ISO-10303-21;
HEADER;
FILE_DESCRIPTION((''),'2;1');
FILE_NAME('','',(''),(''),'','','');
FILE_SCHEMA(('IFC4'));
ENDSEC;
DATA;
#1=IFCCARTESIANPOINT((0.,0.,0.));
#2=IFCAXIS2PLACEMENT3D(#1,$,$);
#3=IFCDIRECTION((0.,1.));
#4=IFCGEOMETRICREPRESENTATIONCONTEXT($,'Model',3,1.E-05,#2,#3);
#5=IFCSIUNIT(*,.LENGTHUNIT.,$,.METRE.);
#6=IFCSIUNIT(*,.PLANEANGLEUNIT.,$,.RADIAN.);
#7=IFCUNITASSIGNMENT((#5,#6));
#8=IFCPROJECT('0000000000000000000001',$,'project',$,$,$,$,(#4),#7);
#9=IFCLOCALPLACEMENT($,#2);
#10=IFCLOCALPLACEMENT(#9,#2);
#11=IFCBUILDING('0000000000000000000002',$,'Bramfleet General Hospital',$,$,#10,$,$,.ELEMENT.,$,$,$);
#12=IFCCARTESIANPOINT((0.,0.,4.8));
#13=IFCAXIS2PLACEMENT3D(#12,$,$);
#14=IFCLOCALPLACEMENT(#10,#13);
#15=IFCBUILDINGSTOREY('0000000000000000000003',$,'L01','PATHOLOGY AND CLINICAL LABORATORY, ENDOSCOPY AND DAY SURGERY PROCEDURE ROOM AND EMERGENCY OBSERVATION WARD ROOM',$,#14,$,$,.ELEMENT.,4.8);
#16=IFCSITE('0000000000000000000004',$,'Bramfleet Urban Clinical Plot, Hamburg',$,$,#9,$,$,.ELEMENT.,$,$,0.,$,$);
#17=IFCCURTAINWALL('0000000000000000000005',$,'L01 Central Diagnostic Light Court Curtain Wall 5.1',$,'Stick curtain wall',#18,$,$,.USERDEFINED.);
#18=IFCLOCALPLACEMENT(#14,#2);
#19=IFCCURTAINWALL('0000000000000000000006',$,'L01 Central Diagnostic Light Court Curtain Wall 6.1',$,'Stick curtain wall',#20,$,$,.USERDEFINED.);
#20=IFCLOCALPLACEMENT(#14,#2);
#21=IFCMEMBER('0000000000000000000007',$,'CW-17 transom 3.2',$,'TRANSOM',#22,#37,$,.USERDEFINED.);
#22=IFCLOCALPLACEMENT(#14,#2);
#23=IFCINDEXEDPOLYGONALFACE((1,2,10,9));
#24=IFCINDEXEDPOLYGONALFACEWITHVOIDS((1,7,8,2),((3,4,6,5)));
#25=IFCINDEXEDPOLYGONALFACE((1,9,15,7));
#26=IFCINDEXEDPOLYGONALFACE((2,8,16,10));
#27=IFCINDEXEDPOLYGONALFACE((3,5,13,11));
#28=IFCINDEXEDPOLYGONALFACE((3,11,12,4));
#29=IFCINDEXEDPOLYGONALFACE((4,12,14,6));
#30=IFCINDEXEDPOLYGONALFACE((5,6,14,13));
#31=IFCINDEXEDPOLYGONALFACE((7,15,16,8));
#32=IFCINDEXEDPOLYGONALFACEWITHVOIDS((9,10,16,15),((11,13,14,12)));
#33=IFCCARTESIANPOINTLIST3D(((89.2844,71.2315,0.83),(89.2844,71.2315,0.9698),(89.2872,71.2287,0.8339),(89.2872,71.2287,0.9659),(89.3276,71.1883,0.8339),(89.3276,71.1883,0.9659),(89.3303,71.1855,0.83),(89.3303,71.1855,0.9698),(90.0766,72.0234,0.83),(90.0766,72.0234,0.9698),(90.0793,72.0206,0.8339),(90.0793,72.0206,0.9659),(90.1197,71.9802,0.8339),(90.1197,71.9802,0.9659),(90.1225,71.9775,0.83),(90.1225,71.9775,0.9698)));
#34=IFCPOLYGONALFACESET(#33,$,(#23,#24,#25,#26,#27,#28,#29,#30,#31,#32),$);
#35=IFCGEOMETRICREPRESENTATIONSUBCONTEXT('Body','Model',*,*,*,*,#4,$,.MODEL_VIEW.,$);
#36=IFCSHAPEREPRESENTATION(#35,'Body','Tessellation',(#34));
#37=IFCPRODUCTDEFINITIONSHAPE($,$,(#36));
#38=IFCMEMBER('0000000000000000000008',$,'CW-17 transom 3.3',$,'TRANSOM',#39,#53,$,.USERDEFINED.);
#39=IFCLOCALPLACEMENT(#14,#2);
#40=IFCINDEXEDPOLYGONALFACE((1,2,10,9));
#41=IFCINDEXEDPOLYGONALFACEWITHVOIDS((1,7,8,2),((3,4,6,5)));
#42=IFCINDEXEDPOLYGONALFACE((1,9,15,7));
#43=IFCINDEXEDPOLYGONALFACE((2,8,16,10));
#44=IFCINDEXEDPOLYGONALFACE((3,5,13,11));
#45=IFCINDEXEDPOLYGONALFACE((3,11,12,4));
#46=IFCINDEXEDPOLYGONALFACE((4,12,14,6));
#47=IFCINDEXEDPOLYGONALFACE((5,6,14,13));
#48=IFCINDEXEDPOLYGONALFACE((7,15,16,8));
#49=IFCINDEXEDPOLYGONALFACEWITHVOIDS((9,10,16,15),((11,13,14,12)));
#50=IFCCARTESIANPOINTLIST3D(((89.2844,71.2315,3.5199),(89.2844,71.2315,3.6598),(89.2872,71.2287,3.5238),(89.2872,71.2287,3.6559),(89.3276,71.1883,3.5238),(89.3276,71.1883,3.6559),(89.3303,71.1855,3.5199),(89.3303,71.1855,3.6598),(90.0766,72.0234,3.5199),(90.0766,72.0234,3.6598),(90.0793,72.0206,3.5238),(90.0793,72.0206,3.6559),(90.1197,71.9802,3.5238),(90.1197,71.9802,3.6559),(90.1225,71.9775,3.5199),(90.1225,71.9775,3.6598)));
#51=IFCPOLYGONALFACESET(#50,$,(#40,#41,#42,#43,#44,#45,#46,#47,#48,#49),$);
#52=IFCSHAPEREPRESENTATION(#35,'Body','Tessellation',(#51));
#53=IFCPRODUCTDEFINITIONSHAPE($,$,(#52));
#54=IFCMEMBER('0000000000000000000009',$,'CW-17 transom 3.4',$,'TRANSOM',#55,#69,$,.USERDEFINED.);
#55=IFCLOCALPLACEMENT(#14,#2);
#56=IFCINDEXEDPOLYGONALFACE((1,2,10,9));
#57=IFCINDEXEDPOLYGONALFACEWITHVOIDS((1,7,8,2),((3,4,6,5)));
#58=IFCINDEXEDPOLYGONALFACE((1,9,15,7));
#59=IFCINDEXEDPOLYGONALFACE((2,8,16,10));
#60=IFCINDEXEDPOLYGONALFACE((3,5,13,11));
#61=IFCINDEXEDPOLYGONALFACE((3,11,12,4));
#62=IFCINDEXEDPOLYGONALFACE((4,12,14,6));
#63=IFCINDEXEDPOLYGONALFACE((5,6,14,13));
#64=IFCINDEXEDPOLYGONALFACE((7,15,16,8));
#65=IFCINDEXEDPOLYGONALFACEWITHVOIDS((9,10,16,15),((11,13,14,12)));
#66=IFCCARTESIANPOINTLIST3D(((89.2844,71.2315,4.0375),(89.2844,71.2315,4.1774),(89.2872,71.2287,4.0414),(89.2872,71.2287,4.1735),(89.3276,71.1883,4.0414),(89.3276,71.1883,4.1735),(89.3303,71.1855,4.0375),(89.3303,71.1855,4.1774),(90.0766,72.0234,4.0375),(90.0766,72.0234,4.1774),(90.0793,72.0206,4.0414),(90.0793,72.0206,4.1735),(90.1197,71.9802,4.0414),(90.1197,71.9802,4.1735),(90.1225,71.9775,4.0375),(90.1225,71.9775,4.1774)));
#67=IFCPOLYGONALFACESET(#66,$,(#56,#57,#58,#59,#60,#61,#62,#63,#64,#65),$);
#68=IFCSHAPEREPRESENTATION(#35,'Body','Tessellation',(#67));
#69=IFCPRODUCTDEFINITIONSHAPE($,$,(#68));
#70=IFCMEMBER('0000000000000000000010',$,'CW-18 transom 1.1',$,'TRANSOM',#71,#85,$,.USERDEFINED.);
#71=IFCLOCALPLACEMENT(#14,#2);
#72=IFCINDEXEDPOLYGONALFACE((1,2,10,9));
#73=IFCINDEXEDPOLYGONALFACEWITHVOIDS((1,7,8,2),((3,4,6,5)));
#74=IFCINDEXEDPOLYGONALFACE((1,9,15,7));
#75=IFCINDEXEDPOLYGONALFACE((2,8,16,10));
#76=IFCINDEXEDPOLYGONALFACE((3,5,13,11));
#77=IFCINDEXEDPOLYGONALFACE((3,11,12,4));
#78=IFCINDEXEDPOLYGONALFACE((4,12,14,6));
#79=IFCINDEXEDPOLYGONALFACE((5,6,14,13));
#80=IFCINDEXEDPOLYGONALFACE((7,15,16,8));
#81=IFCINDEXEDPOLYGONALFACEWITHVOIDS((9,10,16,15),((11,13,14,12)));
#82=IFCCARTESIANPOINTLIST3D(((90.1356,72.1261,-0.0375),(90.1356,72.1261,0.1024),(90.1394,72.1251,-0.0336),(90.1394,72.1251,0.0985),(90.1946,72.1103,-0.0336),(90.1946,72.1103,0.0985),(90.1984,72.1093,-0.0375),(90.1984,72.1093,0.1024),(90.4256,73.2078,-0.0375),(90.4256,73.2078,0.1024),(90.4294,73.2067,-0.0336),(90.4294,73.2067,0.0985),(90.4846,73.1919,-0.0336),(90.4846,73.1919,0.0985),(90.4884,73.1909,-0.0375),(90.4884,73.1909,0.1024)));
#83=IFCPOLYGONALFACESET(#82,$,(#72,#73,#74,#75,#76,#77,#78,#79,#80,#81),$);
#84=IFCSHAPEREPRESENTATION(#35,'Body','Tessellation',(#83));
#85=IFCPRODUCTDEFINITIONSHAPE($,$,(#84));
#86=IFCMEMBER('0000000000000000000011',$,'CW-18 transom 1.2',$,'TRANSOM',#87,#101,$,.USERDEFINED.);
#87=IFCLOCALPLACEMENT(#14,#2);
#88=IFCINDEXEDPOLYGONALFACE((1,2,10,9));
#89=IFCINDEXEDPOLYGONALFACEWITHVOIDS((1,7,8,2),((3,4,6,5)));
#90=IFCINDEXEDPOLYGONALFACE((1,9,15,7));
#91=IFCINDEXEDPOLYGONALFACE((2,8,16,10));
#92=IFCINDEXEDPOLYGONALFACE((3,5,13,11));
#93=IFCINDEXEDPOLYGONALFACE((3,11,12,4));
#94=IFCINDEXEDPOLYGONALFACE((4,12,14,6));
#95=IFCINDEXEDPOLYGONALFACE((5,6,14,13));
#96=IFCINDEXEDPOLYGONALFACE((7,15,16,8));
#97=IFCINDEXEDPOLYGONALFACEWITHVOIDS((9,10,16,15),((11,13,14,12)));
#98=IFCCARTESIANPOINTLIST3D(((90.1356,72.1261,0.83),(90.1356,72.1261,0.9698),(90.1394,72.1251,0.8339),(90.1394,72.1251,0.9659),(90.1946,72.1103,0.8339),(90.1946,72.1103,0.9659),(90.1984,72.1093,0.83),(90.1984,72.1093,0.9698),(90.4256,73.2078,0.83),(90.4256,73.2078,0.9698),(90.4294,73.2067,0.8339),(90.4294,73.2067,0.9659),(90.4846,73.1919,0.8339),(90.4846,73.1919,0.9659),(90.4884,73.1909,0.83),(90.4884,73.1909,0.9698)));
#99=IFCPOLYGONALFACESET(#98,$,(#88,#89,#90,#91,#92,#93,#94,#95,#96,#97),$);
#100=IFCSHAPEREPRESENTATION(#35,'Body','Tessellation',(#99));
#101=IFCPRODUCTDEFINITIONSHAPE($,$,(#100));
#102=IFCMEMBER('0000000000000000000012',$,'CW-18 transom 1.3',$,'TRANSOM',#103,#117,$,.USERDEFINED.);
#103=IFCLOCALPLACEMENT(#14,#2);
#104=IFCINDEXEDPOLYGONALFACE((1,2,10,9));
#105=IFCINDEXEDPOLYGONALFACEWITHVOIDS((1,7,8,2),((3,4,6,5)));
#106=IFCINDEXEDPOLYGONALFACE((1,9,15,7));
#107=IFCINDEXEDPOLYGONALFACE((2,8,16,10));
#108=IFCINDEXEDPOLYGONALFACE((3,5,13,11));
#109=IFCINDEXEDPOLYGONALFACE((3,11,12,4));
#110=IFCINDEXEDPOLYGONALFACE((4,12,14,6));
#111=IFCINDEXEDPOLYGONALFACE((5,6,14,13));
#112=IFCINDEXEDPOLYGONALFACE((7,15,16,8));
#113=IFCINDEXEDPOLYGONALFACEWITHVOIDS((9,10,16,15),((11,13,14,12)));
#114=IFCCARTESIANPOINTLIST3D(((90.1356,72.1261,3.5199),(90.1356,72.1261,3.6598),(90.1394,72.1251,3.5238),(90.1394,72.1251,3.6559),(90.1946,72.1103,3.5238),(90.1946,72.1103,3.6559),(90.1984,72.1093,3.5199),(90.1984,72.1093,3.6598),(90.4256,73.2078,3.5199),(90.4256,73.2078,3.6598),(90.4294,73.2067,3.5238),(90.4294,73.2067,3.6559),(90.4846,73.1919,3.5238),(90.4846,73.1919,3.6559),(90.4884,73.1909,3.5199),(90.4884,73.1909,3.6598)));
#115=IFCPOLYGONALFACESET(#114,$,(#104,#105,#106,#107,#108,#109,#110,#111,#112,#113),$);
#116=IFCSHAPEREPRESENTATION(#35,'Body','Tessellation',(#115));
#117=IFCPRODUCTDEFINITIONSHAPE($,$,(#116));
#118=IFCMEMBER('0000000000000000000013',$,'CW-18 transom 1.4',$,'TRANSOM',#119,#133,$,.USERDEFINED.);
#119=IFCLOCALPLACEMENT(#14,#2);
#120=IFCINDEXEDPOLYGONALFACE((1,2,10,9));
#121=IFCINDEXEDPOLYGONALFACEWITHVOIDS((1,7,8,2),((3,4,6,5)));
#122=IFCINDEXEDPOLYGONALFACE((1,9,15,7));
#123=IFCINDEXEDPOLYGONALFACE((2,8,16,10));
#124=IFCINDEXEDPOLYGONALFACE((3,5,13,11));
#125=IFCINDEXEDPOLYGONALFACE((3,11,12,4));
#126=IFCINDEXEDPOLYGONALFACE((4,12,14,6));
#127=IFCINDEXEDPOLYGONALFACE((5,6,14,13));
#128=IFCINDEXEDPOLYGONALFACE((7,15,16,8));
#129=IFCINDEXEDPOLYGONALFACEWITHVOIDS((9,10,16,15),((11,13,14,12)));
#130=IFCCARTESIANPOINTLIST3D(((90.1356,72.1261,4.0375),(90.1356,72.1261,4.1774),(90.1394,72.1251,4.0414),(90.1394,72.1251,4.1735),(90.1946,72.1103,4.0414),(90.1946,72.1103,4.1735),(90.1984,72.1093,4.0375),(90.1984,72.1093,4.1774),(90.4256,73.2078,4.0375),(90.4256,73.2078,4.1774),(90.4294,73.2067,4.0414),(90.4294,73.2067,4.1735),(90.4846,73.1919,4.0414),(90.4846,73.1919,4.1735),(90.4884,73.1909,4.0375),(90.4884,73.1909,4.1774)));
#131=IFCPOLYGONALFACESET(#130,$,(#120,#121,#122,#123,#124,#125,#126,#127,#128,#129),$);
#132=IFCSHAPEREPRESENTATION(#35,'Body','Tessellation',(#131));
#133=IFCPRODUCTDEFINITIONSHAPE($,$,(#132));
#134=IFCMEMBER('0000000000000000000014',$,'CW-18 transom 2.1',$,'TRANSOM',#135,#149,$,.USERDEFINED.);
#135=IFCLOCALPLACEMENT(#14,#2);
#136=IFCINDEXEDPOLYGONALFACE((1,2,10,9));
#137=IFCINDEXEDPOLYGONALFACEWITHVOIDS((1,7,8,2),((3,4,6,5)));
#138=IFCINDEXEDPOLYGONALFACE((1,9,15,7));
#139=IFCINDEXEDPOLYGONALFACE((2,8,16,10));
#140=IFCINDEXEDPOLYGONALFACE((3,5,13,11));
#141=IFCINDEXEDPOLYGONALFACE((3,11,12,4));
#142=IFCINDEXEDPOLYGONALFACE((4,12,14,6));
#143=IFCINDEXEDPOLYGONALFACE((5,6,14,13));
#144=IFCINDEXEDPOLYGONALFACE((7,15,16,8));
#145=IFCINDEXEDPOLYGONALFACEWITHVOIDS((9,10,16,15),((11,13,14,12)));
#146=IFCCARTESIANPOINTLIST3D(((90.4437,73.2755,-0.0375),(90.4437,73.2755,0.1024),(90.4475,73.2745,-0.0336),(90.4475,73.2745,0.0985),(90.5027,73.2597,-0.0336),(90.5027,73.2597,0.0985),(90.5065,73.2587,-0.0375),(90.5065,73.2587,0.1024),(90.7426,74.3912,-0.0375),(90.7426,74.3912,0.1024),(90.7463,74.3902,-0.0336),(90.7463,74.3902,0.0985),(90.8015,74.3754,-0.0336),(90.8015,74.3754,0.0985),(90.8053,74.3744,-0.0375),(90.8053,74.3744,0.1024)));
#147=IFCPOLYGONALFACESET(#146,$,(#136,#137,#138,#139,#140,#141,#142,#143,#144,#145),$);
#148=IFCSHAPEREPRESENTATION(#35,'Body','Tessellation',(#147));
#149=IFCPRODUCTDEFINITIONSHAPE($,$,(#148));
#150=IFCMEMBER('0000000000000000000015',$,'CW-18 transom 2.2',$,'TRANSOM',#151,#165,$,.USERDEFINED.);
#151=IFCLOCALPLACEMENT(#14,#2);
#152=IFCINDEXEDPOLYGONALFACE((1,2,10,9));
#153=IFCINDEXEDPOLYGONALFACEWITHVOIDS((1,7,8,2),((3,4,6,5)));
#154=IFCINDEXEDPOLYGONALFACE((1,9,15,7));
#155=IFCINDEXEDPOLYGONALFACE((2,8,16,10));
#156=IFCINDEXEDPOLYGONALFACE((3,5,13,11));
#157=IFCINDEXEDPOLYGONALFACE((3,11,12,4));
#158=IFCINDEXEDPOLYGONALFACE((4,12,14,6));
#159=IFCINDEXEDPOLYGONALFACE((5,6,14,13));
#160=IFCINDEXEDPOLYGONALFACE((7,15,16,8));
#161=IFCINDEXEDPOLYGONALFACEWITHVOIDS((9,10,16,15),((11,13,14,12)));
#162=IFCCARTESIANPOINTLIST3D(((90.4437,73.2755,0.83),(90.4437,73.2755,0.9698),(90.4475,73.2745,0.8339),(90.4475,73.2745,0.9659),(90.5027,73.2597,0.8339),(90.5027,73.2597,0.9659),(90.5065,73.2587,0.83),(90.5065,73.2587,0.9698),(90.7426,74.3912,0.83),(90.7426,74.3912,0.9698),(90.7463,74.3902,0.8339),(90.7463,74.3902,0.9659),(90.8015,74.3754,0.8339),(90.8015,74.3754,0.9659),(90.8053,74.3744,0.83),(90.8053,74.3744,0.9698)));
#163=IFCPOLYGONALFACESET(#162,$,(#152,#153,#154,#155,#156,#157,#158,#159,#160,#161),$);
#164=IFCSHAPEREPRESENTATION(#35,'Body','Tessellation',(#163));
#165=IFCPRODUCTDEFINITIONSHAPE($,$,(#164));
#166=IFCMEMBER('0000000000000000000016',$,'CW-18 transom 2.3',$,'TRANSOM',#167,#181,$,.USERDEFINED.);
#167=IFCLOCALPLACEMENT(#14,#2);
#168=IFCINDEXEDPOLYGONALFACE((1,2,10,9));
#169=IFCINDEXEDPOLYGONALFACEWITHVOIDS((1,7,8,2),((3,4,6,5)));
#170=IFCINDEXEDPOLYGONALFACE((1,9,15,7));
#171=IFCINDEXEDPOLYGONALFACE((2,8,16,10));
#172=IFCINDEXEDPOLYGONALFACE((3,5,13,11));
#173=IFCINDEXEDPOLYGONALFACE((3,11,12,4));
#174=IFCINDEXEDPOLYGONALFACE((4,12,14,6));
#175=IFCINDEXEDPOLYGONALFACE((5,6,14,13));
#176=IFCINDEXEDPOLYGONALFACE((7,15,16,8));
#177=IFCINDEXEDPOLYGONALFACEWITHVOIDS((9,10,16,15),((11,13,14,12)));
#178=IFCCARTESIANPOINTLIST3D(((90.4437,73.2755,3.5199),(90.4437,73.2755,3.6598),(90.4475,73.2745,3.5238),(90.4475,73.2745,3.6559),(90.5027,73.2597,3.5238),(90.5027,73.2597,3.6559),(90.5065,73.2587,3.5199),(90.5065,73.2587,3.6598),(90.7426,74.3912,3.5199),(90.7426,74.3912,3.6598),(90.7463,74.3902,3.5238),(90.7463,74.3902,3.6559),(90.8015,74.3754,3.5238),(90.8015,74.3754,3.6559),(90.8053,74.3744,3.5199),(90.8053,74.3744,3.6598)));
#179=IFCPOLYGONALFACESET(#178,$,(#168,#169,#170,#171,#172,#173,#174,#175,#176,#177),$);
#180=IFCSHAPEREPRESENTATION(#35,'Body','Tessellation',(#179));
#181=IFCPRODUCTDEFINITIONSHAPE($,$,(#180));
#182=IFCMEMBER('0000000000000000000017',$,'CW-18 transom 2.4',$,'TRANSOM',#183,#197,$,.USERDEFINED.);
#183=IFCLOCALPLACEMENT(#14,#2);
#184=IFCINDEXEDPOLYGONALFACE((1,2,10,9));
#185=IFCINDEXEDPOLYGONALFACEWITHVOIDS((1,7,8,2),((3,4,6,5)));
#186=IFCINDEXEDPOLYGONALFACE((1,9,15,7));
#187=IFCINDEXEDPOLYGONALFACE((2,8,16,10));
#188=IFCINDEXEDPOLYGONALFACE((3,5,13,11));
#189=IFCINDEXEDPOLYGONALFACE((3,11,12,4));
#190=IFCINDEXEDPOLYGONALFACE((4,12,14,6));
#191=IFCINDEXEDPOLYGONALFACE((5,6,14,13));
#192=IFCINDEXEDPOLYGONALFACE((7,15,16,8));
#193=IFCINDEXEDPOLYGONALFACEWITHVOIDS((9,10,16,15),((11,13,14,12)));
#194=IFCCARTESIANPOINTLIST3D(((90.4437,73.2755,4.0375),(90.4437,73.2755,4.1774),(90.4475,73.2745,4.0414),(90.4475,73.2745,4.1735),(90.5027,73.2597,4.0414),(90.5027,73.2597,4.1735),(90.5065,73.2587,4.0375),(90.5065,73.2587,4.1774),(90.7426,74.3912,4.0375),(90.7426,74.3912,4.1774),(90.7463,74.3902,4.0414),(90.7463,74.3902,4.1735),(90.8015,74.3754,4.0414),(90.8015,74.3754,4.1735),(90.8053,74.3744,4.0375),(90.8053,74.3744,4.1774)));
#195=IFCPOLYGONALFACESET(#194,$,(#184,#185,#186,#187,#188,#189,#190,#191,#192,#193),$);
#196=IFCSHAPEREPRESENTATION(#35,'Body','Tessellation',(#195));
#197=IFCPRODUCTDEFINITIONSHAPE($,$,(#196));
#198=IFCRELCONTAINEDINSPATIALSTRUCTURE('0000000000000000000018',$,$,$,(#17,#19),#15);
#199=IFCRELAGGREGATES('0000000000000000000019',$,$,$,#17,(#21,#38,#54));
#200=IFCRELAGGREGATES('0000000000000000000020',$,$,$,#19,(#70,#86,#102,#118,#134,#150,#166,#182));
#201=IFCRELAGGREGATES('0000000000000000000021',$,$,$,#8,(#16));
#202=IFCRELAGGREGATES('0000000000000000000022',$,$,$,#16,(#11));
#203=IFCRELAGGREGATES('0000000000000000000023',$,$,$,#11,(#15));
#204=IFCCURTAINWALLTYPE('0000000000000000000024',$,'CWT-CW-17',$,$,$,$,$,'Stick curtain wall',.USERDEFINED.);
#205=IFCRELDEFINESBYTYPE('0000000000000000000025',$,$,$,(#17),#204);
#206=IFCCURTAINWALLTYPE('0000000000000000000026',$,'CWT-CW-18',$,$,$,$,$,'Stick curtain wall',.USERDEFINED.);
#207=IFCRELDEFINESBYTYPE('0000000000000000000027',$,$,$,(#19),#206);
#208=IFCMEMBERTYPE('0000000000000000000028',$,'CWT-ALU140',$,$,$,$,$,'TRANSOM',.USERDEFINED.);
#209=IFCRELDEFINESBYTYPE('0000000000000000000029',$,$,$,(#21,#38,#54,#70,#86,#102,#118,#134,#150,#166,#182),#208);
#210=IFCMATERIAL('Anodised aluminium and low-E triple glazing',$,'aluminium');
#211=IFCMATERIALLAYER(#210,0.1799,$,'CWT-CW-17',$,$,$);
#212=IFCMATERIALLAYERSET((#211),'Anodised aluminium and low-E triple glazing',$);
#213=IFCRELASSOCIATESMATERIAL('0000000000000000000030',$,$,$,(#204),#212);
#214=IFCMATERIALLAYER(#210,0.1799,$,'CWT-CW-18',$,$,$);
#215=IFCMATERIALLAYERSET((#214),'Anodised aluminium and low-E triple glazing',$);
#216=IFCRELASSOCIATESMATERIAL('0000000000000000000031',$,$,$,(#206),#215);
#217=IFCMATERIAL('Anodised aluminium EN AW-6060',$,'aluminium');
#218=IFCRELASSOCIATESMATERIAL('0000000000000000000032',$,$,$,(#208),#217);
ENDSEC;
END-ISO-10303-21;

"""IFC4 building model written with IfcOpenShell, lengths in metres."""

from ifc_helpers import new_model, si_unit, direction, frame, origin, origin_2d, place, context, subcontext, project, spatial, hollow_rectangle, extrude, material, layer, layer_set, material_profile, profile_set, type_object, element, aggregate, save


model = new_model("IFC4")

# Units and contexts
model_context = context("Model", 3, precision=1e-05, world=origin(), true_north=direction((0.0, 1.0)))
body_context = subcontext(model_context, "Body", "Model", "MODEL_VIEW")
ifc_project = project(units=[si_unit("LENGTHUNIT", "METRE"), si_unit("PLANEANGLEUNIT", "RADIAN")], contexts=[model_context])

# Site, building, storey
site_placement = place(None, origin())
site = spatial("IfcSite", under=ifc_project, at=site_placement, Name="Bramfleet Urban Clinical Plot, Hamburg", CompositionType="ELEMENT", RefElevation=0.0)
building_placement = place(site_placement, origin())
building = spatial("IfcBuilding", under=site, at=building_placement, Name="Bramfleet General Hospital", CompositionType="ELEMENT")
storey_placement = place(building_placement, frame((0.0, 0.0, 4.8)))
storey = spatial("IfcBuildingStorey", under=building, at=storey_placement, Name="L01", Description="PATHOLOGY AND CLINICAL LABORATORY, ENDOSCOPY AND DAY SURGERY PROCEDURE ROOM AND EMERGENCY OBSERVATION WARD ROOM", CompositionType="ELEMENT", Elevation=4.8)

# Curtain walls
ifc_material_1 = material(Name="Anodised aluminium and low-E triple glazing", Category="aluminium")
ifc_layer_1 = layer(ifc_material_1, 0.1799, Name="CWT-CW-17")
ifc_layer_set_1 = layer_set([ifc_layer_1], Name="Anodised aluminium and low-E triple glazing")
curtain_wall_type_1 = type_object("IfcCurtainWallType", Name="CWT-CW-17", ElementType="Stick curtain wall", PredefinedType="USERDEFINED", material=ifc_layer_set_1)
curtain_wall_1_placement = place(storey_placement, origin())
curtain_wall_1 = element("IfcCurtainWall", 1, at=curtain_wall_1_placement, inside=storey, type_object=curtain_wall_type_1, Name="L01 Central Diagnostic Light Court Curtain Wall 5.1", ObjectType="Stick curtain wall", PredefinedType="USERDEFINED")
ifc_material_2 = material(Name="Anodised aluminium EN AW-6060", Category="aluminium")
ifc_layer_2 = layer(ifc_material_1, 0.1799, Name="CWT-CW-18")
ifc_layer_set_2 = layer_set([ifc_layer_2], Name="Anodised aluminium and low-E triple glazing")
curtain_wall_type_2 = type_object("IfcCurtainWallType", Name="CWT-CW-18", ElementType="Stick curtain wall", PredefinedType="USERDEFINED", material=ifc_layer_set_2)
curtain_wall_2_placement = place(storey_placement, origin())
curtain_wall_2 = element("IfcCurtainWall", 2, at=curtain_wall_2_placement, inside=storey, type_object=curtain_wall_type_2, Name="L01 Central Diagnostic Light Court Curtain Wall 6.1", ObjectType="Stick curtain wall", PredefinedType="USERDEFINED")

# Members
ifc_material_profile_1 = material_profile(ifc_material_2, hollow_rectangle(XDim=0.0649, YDim=0.1399, WallThickness=0.0039, at=origin_2d()), Name="ALU 140x65x4.0")
ifc_profile_set_1 = profile_set([ifc_material_profile_1], Name="Anodised aluminium EN AW-6060")
member_type_1 = type_object("IfcMemberType", Name="CWT-ALU140", ElementType="TRANSOM", PredefinedType="USERDEFINED", material=ifc_profile_set_1)
member_1_placement = place(storey_placement, frame((89.3074, 71.2085, 0.8999), z_axis=(0.707216, 0.706998, 0.0), x_axis=(-0.706998, 0.707216, 0.0)))
member_1 = element("IfcMember", 3, at=member_1_placement, type_object=member_type_1, Name="CW-17 transom 3.2", ObjectType="TRANSOM", PredefinedType="USERDEFINED", context=body_context, shape_type="SweptSolid", body=[
    extrude(hollow_rectangle(XDim=0.0649, YDim=0.1399, WallThickness=0.0039, at=origin_2d()), origin(), (0.0, 0.0, 1.0), 1.1201),
])
member_2_placement = place(storey_placement, frame((89.3074, 71.2085, 3.5898), z_axis=(0.707216, 0.706998, 0.0), x_axis=(-0.706998, 0.707216, 0.0)))
member_2 = element("IfcMember", 4, at=member_2_placement, type_object=member_type_1, Name="CW-17 transom 3.3", ObjectType="TRANSOM", PredefinedType="USERDEFINED", context=body_context, shape_type="SweptSolid", body=[
    extrude(hollow_rectangle(XDim=0.0649, YDim=0.1399, WallThickness=0.0039, at=origin_2d()), origin(), (0.0, 0.0, 1.0), 1.1201),
])
member_3_placement = place(storey_placement, frame((89.3074, 71.2085, 4.1074), z_axis=(0.707216, 0.706998, 0.0), x_axis=(-0.706998, 0.707216, 0.0)))
member_3 = element("IfcMember", 5, at=member_3_placement, type_object=member_type_1, Name="CW-17 transom 3.4", ObjectType="TRANSOM", PredefinedType="USERDEFINED", context=body_context, shape_type="SweptSolid", body=[
    extrude(hollow_rectangle(XDim=0.0649, YDim=0.1399, WallThickness=0.0039, at=origin_2d()), origin(), (0.0, 0.0, 1.0), 1.1201),
])
member_4_placement = place(storey_placement, frame((90.167, 72.1177, 0.0325), z_axis=(0.258965, 0.965887, 0.0), x_axis=(-0.965887, 0.258965, 0.0)))
member_4 = element("IfcMember", 6, at=member_4_placement, type_object=member_type_1, Name="CW-18 transom 1.1", ObjectType="TRANSOM", PredefinedType="USERDEFINED", context=body_context, shape_type="SweptSolid", body=[
    extrude(hollow_rectangle(XDim=0.0649, YDim=0.1399, WallThickness=0.0039, at=origin_2d()), origin(), (0.0, 0.0, 1.0), 1.1199),
])
member_5_placement = place(storey_placement, frame((90.167, 72.1177, 0.8999), z_axis=(0.258965, 0.965887, 0.0), x_axis=(-0.965887, 0.258965, 0.0)))
member_5 = element("IfcMember", 7, at=member_5_placement, type_object=member_type_1, Name="CW-18 transom 1.2", ObjectType="TRANSOM", PredefinedType="USERDEFINED", context=body_context, shape_type="SweptSolid", body=[
    extrude(hollow_rectangle(XDim=0.0649, YDim=0.1399, WallThickness=0.0039, at=origin_2d()), origin(), (0.0, 0.0, 1.0), 1.1199),
])
member_6_placement = place(storey_placement, frame((90.167, 72.1177, 3.5898), z_axis=(0.258965, 0.965887, 0.0), x_axis=(-0.965887, 0.258965, 0.0)))
member_6 = element("IfcMember", 8, at=member_6_placement, type_object=member_type_1, Name="CW-18 transom 1.3", ObjectType="TRANSOM", PredefinedType="USERDEFINED", context=body_context, shape_type="SweptSolid", body=[
    extrude(hollow_rectangle(XDim=0.0649, YDim=0.1399, WallThickness=0.0039, at=origin_2d()), origin(), (0.0, 0.0, 1.0), 1.1199),
])
member_7_placement = place(storey_placement, frame((90.167, 72.1177, 4.1074), z_axis=(0.258965, 0.965887, 0.0), x_axis=(-0.965887, 0.258965, 0.0)))
member_7 = element("IfcMember", 9, at=member_7_placement, type_object=member_type_1, Name="CW-18 transom 1.4", ObjectType="TRANSOM", PredefinedType="USERDEFINED", context=body_context, shape_type="SweptSolid", body=[
    extrude(hollow_rectangle(XDim=0.0649, YDim=0.1399, WallThickness=0.0039, at=origin_2d()), origin(), (0.0, 0.0, 1.0), 1.1199),
])
member_8_placement = place(storey_placement, frame((90.4751, 73.2671, 0.0325), z_axis=(0.258715, 0.965954, 0.0), x_axis=(-0.965954, 0.258715, 0.0)))
member_8 = element("IfcMember", 10, at=member_8_placement, type_object=member_type_1, Name="CW-18 transom 2.1", ObjectType="TRANSOM", PredefinedType="USERDEFINED", context=body_context, shape_type="SweptSolid", body=[
    extrude(hollow_rectangle(XDim=0.0649, YDim=0.1399, WallThickness=0.0039, at=origin_2d()), origin(), (0.0, 0.0, 1.0), 1.155),
])
member_9_placement = place(storey_placement, frame((90.4751, 73.2671, 0.8999), z_axis=(0.258715, 0.965954, 0.0), x_axis=(-0.965954, 0.258715, 0.0)))
member_9 = element("IfcMember", 11, at=member_9_placement, type_object=member_type_1, Name="CW-18 transom 2.2", ObjectType="TRANSOM", PredefinedType="USERDEFINED", context=body_context, shape_type="SweptSolid", body=[
    extrude(hollow_rectangle(XDim=0.0649, YDim=0.1399, WallThickness=0.0039, at=origin_2d()), origin(), (0.0, 0.0, 1.0), 1.155),
])
member_10_placement = place(storey_placement, frame((90.4751, 73.2671, 3.5898), z_axis=(0.258715, 0.965954, 0.0), x_axis=(-0.965954, 0.258715, 0.0)))
member_10 = element("IfcMember", 12, at=member_10_placement, type_object=member_type_1, Name="CW-18 transom 2.3", ObjectType="TRANSOM", PredefinedType="USERDEFINED", context=body_context, shape_type="SweptSolid", body=[
    extrude(hollow_rectangle(XDim=0.0649, YDim=0.1399, WallThickness=0.0039, at=origin_2d()), origin(), (0.0, 0.0, 1.0), 1.155),
])
member_11_placement = place(storey_placement, frame((90.4751, 73.2671, 4.1074), z_axis=(0.258715, 0.965954, 0.0), x_axis=(-0.965954, 0.258715, 0.0)))
member_11 = element("IfcMember", 13, at=member_11_placement, type_object=member_type_1, Name="CW-18 transom 2.4", ObjectType="TRANSOM", PredefinedType="USERDEFINED", context=body_context, shape_type="SweptSolid", body=[
    extrude(hollow_rectangle(XDim=0.0649, YDim=0.1399, WallThickness=0.0039, at=origin_2d()), origin(), (0.0, 0.0, 1.0), 1.155),
])

aggregate(curtain_wall_1, [member_1, member_2, member_3])
aggregate(curtain_wall_2, [member_4, member_5, member_6, member_7, member_8, member_9, member_10, member_11])

save(model, "model.ifc")
